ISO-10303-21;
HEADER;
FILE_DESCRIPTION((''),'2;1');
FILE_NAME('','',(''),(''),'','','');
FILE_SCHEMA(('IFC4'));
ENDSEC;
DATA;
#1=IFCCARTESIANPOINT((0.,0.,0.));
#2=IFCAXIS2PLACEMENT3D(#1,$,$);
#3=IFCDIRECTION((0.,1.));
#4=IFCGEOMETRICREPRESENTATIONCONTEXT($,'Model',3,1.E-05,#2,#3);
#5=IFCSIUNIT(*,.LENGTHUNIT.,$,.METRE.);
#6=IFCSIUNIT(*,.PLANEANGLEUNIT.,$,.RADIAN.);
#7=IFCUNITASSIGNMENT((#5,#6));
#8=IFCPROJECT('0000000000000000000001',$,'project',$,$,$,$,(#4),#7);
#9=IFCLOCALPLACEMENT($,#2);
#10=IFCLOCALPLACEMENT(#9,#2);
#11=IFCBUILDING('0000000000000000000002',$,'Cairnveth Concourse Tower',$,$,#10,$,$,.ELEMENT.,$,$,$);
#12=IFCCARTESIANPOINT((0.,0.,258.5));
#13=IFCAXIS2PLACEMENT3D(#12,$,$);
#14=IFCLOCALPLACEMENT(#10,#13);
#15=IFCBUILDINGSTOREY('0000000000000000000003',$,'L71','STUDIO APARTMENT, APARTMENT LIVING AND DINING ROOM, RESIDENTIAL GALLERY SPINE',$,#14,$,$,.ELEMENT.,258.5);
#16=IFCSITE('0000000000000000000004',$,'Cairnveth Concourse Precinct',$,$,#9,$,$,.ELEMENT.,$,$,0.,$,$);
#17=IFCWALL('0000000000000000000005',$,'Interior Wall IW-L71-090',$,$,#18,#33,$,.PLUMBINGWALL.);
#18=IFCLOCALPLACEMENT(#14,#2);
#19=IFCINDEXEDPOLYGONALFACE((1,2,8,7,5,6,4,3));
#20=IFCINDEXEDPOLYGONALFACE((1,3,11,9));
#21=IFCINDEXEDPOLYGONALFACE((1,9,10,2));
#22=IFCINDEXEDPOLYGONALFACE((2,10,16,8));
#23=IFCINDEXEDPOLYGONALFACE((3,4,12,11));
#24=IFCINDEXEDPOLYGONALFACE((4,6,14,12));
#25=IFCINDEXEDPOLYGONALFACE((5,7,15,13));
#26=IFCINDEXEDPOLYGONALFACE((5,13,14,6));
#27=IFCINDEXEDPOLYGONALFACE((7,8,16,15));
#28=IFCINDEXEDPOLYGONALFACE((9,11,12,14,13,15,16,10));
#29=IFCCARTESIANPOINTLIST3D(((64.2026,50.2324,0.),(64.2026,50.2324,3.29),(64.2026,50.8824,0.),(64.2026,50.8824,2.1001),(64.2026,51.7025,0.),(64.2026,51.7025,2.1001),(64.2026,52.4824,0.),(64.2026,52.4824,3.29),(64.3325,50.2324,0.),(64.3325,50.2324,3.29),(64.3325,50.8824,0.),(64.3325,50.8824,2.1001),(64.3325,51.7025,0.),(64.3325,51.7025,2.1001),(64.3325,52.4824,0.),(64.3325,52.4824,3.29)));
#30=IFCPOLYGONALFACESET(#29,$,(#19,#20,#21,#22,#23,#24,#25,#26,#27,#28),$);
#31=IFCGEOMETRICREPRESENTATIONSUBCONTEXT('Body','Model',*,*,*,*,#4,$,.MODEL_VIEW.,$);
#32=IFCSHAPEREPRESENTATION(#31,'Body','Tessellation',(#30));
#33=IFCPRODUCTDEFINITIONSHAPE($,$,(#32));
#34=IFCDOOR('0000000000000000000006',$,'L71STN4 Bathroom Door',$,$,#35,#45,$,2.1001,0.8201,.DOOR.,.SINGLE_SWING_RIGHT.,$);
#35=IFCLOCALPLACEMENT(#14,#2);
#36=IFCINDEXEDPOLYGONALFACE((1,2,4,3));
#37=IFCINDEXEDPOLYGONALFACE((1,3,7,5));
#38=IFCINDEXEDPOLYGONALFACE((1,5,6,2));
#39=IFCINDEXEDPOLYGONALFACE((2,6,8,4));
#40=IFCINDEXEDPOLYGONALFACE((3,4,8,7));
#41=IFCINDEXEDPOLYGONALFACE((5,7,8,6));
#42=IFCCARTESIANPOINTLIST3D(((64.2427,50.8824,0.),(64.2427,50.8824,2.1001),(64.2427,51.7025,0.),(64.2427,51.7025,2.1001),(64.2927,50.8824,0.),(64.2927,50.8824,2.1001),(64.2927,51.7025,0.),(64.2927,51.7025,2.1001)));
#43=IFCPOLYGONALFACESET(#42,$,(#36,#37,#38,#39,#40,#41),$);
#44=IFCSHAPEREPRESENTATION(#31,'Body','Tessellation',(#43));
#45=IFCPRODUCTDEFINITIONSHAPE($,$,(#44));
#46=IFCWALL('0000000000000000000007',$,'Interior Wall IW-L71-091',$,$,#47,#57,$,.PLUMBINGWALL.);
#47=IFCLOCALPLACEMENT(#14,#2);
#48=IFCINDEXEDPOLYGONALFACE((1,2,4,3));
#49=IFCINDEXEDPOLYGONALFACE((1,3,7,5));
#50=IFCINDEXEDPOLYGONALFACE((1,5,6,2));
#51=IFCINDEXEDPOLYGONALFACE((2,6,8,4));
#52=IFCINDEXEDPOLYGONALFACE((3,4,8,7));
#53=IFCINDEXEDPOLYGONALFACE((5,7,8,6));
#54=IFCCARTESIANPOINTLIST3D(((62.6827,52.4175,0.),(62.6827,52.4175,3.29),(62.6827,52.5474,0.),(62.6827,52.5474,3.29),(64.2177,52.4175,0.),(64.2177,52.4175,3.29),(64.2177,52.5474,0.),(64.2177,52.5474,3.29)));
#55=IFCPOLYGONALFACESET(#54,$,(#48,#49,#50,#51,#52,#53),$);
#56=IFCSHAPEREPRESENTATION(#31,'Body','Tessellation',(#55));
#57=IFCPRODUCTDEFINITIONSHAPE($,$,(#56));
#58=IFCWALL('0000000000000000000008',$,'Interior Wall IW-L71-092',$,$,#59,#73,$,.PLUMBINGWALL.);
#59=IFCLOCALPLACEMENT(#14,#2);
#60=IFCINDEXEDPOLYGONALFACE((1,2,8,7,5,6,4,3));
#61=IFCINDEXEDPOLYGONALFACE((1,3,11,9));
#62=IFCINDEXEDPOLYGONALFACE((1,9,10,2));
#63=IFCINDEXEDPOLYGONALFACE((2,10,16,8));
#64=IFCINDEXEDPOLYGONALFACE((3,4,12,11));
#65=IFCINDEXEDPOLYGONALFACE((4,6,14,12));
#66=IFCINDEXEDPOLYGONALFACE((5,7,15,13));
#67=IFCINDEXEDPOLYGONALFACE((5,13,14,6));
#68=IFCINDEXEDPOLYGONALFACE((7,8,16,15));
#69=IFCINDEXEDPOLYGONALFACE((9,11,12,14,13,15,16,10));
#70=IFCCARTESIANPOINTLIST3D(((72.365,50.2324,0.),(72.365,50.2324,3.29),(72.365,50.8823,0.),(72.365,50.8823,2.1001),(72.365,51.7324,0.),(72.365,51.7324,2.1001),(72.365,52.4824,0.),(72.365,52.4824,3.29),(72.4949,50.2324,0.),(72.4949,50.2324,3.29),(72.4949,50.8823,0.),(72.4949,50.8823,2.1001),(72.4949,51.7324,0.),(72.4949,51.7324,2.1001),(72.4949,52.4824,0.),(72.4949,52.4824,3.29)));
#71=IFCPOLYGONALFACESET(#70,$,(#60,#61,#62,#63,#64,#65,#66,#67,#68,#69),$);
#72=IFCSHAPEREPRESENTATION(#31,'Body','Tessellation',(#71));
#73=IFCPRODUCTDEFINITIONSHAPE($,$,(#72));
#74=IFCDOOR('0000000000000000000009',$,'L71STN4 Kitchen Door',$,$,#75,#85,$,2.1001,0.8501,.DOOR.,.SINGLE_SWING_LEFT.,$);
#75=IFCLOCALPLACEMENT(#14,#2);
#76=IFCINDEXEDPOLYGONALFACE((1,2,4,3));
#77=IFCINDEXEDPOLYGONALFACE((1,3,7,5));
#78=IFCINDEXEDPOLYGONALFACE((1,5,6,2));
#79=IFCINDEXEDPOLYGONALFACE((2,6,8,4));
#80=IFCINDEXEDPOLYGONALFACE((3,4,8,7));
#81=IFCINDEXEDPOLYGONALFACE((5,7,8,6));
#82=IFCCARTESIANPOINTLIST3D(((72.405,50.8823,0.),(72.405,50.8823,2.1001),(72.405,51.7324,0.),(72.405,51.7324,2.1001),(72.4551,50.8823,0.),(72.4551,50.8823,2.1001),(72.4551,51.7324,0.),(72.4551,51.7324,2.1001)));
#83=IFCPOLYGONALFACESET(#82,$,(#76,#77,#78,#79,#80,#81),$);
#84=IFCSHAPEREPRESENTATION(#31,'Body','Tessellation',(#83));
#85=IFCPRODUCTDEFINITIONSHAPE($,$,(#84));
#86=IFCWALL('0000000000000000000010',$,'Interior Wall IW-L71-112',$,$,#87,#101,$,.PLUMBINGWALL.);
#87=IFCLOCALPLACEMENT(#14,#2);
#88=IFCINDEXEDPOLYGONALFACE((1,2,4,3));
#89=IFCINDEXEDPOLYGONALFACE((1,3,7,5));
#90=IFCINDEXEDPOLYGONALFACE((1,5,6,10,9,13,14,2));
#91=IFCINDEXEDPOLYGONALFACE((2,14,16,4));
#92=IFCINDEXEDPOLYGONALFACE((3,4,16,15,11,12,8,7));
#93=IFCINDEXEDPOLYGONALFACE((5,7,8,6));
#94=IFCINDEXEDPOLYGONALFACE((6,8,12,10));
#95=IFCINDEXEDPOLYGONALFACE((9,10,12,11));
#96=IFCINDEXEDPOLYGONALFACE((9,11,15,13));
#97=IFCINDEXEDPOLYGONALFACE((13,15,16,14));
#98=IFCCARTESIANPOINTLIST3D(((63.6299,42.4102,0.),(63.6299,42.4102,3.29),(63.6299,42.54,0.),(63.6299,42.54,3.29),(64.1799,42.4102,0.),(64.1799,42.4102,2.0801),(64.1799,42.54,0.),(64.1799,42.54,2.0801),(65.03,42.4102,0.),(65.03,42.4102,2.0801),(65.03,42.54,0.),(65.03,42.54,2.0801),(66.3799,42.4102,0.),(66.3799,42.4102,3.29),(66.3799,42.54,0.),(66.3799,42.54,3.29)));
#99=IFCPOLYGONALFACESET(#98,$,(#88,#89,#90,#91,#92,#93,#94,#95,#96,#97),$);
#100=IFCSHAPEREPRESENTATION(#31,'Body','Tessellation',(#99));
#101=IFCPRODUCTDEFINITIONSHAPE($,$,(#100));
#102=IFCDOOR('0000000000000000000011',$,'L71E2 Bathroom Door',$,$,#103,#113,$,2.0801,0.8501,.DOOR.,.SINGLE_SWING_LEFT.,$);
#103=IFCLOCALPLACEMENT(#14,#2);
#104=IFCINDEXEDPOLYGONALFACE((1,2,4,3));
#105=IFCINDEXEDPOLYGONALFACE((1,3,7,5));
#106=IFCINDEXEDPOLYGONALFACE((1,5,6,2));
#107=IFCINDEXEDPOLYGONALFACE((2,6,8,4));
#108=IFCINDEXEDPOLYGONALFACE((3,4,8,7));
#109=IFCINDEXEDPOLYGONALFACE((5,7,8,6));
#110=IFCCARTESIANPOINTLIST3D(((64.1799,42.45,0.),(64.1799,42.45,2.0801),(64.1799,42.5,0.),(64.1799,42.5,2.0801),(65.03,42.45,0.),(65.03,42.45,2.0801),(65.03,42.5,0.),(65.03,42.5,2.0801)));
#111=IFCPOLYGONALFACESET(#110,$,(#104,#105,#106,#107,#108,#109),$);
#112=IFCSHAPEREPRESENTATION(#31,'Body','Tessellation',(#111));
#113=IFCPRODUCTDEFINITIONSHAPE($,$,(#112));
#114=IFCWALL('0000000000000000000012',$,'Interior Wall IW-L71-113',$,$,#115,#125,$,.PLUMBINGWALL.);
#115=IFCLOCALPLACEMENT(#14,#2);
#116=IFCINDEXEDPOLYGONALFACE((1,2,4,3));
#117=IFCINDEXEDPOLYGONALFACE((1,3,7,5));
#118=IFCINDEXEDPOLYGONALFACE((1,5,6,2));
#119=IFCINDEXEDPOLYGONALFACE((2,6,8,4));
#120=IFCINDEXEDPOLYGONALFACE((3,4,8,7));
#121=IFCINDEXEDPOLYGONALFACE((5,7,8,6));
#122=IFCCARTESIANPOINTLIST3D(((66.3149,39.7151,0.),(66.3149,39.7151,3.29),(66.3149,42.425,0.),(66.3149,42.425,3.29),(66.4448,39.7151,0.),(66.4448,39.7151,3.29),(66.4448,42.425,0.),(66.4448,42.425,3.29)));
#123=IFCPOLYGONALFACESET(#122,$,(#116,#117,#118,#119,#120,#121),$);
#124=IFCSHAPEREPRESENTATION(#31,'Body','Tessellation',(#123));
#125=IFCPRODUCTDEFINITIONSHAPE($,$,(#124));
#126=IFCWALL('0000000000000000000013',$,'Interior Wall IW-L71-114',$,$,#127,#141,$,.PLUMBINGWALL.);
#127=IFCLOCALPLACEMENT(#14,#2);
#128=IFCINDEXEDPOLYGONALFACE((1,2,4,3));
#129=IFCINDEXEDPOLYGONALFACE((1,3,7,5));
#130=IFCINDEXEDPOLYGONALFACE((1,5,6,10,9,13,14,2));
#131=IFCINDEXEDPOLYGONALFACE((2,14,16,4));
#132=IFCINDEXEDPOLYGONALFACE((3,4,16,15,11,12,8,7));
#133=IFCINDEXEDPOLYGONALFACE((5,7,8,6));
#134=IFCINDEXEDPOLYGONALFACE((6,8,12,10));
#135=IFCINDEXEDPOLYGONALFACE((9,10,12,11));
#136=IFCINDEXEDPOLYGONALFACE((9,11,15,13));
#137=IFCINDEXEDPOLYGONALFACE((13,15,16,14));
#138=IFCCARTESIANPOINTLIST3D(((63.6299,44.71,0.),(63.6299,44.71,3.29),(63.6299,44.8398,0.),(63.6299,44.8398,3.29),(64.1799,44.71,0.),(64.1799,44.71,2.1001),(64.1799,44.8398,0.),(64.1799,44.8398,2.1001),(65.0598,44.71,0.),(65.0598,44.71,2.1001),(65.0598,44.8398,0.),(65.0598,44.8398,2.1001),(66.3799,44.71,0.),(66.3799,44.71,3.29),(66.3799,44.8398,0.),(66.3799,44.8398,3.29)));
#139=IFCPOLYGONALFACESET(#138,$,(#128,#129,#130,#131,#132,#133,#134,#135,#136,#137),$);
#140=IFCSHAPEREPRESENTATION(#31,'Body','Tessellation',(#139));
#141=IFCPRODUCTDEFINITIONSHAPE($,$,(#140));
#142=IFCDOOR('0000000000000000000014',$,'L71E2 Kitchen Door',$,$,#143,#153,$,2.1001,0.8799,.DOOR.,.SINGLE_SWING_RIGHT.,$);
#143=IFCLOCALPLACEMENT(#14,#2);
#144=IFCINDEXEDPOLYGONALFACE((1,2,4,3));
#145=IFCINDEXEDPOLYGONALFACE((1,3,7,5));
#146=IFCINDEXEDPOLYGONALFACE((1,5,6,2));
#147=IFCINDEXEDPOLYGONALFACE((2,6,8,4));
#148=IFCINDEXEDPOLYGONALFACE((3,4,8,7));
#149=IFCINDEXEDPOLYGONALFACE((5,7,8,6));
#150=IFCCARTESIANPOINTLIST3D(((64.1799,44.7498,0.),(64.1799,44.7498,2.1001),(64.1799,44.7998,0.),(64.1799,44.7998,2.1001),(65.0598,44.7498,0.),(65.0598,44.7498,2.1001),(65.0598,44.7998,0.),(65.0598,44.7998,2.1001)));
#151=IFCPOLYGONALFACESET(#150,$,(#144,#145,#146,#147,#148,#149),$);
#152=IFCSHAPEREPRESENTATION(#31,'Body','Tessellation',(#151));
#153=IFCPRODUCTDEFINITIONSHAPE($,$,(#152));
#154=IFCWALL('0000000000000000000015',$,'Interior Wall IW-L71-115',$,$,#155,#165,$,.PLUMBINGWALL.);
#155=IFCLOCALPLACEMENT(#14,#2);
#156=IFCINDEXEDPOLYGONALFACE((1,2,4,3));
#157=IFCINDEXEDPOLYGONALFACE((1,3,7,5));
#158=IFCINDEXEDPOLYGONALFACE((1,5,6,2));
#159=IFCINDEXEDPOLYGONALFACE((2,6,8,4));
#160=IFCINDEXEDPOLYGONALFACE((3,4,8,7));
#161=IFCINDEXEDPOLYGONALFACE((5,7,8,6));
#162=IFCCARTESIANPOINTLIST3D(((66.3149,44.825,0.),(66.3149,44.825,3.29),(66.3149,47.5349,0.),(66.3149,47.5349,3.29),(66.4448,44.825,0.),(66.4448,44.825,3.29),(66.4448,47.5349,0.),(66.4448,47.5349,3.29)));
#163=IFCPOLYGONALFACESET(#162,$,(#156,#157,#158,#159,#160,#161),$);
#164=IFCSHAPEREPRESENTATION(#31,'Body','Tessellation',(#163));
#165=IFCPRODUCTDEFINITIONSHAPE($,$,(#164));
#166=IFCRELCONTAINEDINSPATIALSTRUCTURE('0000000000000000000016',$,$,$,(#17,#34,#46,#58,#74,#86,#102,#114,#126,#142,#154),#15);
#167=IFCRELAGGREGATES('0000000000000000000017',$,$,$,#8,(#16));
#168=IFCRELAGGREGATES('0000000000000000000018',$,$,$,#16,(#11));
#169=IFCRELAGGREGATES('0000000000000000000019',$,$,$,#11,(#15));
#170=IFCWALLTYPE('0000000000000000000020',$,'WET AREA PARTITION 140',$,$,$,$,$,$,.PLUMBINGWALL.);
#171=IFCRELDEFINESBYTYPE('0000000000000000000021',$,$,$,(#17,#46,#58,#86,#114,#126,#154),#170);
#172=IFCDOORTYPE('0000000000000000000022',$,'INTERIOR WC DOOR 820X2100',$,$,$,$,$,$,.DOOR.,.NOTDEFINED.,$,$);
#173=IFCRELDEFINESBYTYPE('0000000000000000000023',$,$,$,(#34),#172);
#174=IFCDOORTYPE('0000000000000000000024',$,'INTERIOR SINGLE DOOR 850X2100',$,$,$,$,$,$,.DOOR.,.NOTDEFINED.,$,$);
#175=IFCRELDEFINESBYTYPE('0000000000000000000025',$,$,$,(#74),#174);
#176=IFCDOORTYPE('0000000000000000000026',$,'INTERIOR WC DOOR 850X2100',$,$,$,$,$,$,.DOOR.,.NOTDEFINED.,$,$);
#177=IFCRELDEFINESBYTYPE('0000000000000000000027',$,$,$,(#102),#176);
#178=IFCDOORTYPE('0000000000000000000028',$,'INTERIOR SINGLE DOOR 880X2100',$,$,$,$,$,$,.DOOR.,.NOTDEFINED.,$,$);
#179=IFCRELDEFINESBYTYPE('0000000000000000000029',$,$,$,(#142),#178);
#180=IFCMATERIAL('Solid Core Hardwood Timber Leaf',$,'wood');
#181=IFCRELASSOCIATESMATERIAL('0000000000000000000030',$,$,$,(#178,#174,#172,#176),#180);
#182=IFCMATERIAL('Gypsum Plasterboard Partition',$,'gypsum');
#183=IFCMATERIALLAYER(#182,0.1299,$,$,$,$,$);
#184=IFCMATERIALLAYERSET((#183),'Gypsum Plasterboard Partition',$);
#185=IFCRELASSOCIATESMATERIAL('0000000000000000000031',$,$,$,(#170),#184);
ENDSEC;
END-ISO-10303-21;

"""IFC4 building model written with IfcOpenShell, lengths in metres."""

from ifc_helpers import new_model, si_unit, direction, frame, frame_2d, origin, place, context, subcontext, project, spatial, rectangle, extrude, material, layer, layer_set, type_object, element, fill, save


model = new_model("IFC4")

# Units and contexts
model_context = context("Model", 3, precision=1e-05, world=origin(), true_north=direction((0.0, 1.0)))
body_context = subcontext(model_context, "Body", "Model", "MODEL_VIEW")
ifc_project = project(units=[si_unit("LENGTHUNIT", "METRE"), si_unit("PLANEANGLEUNIT", "RADIAN")], contexts=[model_context])

# Site, building, storey
site_placement = place(None, origin())
site = spatial("IfcSite", under=ifc_project, at=site_placement, Name="Cairnveth Concourse Precinct", CompositionType="ELEMENT", RefElevation=0.0)
building_placement = place(site_placement, origin())
building = spatial("IfcBuilding", under=site, at=building_placement, Name="Cairnveth Concourse Tower", CompositionType="ELEMENT")
storey_placement = place(building_placement, frame((0.0, 0.0, 258.5)))
storey = spatial("IfcBuildingStorey", under=building, at=storey_placement, Name="L71", Description="STUDIO APARTMENT, APARTMENT LIVING AND DINING ROOM, RESIDENTIAL GALLERY SPINE", CompositionType="ELEMENT", Elevation=258.5)

# Shared definitions
ifc_material_1 = material(Name="Gypsum Plasterboard Partition", Category="gypsum")

# Shared definitions
ifc_material_2 = material(Name="Solid Core Hardwood Timber Leaf", Category="wood")
door_type_1 = type_object("IfcDoorType", Name="INTERIOR SINGLE DOOR 880X2100", OperationType="NOTDEFINED", PredefinedType="DOOR", material=ifc_material_2)
ifc_layer_1 = layer(ifc_material_1, 0.1299)
ifc_layer_set_1 = layer_set([ifc_layer_1], Name="Gypsum Plasterboard Partition")
wall_type_1 = type_object("IfcWallType", Name="WET AREA PARTITION 140", PredefinedType="PLUMBINGWALL", material=ifc_layer_set_1)
door_type_2 = type_object("IfcDoorType", Name="INTERIOR SINGLE DOOR 850X2100", OperationType="NOTDEFINED", PredefinedType="DOOR", material=ifc_material_2)

# Wall, opening, door
wall_1_placement = place(storey_placement, frame((64.2676, 50.2324, 0.0), z_axis=(0.0, 0.0, 1.0), x_axis=(0.0, 1.0, 0.0)))
wall_1 = element("IfcWall", 1, at=wall_1_placement, inside=storey, type_object=wall_type_1, Name="Interior Wall IW-L71-090", PredefinedType="PLUMBINGWALL", context=body_context, shape_type="SweptSolid", body=[
    extrude(rectangle(XDim=2.25, YDim=0.1299, at=frame_2d((1.125, 0.0))), origin(), (0.0, 0.0, 1.0), 3.29),
])
opening_1_placement = place(wall_1_placement, frame((0.6499, 0.0, 0.0)))
opening_1 = element("IfcOpeningElement", 2, at=opening_1_placement, cuts=wall_1, PredefinedType="OPENING", context=body_context, shape_type="SweptSolid", body=[
    extrude(rectangle(XDim=0.8201, YDim=2.1001, at=frame_2d((0.4102, 1.05))), frame((0.0, 0.075, 0.0), z_axis=(0.0, -1.0, 0.0), x_axis=(1.0, 0.0, 0.0)), (0.0, 0.0, 1.0), 0.1499),
])
door_type_3 = type_object("IfcDoorType", Name="INTERIOR WC DOOR 820X2100", OperationType="NOTDEFINED", PredefinedType="DOOR", material=ifc_material_2)
door_1_placement = place(opening_1_placement, origin())
door_1 = element("IfcDoor", 3, at=door_1_placement, inside=storey, type_object=door_type_3, Name="L71STN4 Bathroom Door", OperationType="SINGLE_SWING_RIGHT", OverallHeight=2.1001, OverallWidth=0.8201, PredefinedType="DOOR", context=body_context, shape_type="SweptSolid", body=[
    extrude(rectangle(XDim=0.8201, YDim=2.1001, at=frame_2d((0.4102, 1.05))), frame((0.0, 0.0249, 0.0), z_axis=(0.0, -1.0, 0.0), x_axis=(1.0, 0.0, 0.0)), (0.0, 0.0, 1.0), 0.05),
])
fill(opening_1, door_1)

# Wall
wall_2_placement = place(storey_placement, frame((62.6826, 52.4824, 0.0), z_axis=(0.0, 0.0, 1.0), x_axis=(1.0, 0.0, 0.0)))
element("IfcWall", 4, at=wall_2_placement, inside=storey, type_object=wall_type_1, Name="Interior Wall IW-L71-091", PredefinedType="PLUMBINGWALL", context=body_context, shape_type="SweptSolid", body=[
    extrude(rectangle(XDim=1.5349, YDim=0.1299, at=frame_2d((0.7676, 0.0))), origin(), (0.0, 0.0, 1.0), 3.29),
])

# Walls, openings, doors
wall_3_placement = place(storey_placement, frame((72.4299, 50.2324, 0.0), z_axis=(0.0, 0.0, 1.0), x_axis=(0.0, 1.0, 0.0)))
wall_3 = element("IfcWall", 5, at=wall_3_placement, inside=storey, type_object=wall_type_1, Name="Interior Wall IW-L71-092", PredefinedType="PLUMBINGWALL", context=body_context, shape_type="SweptSolid", body=[
    extrude(rectangle(XDim=2.25, YDim=0.1299, at=frame_2d((1.125, 0.0))), origin(), (0.0, 0.0, 1.0), 3.29),
])
opening_2_placement = place(wall_3_placement, frame((0.6499, 0.0, 0.0)))
opening_2 = element("IfcOpeningElement", 6, at=opening_2_placement, cuts=wall_3, PredefinedType="OPENING", context=body_context, shape_type="SweptSolid", body=[
    extrude(rectangle(XDim=0.8501, YDim=2.1001, at=frame_2d((0.425, 1.05))), frame((0.0, 0.075, 0.0), z_axis=(0.0, -1.0, 0.0), x_axis=(1.0, 0.0, 0.0)), (0.0, 0.0, 1.0), 0.1499),
])
door_2_placement = place(opening_2_placement, origin())
door_2 = element("IfcDoor", 7, at=door_2_placement, inside=storey, type_object=door_type_2, Name="L71STN4 Kitchen Door", OperationType="SINGLE_SWING_LEFT", OverallHeight=2.1001, OverallWidth=0.8501, PredefinedType="DOOR", context=body_context, shape_type="SweptSolid", body=[
    extrude(rectangle(XDim=0.8501, YDim=2.1001, at=frame_2d((0.425, 1.05))), frame((0.0, 0.0249, 0.0), z_axis=(0.0, -1.0, 0.0), x_axis=(1.0, 0.0, 0.0)), (0.0, 0.0, 1.0), 0.05),
])
fill(opening_2, door_2)
wall_4_placement = place(storey_placement, frame((63.6299, 42.4751, 0.0), z_axis=(0.0, 0.0, 1.0), x_axis=(1.0, 0.0, 0.0)))
wall_4 = element("IfcWall", 8, at=wall_4_placement, inside=storey, type_object=wall_type_1, Name="Interior Wall IW-L71-112", PredefinedType="PLUMBINGWALL", context=body_context, shape_type="SweptSolid", body=[
    extrude(rectangle(XDim=2.75, YDim=0.1299, at=frame_2d((1.375, 0.0))), origin(), (0.0, 0.0, 1.0), 3.29),
])
opening_3_placement = place(wall_4_placement, frame((0.55, 0.0, 0.0)))
opening_3 = element("IfcOpeningElement", 9, at=opening_3_placement, cuts=wall_4, PredefinedType="OPENING", context=body_context, shape_type="SweptSolid", body=[
    extrude(rectangle(XDim=0.8501, YDim=2.0801, at=frame_2d((0.425, 1.04))), frame((0.0, 0.075, 0.0), z_axis=(0.0, -1.0, 0.0), x_axis=(1.0, 0.0, 0.0)), (0.0, 0.0, 1.0), 0.1499),
])
door_type_4 = type_object("IfcDoorType", Name="INTERIOR WC DOOR 850X2100", OperationType="NOTDEFINED", PredefinedType="DOOR", material=ifc_material_2)
door_3_placement = place(opening_3_placement, origin())
door_3 = element("IfcDoor", 10, at=door_3_placement, inside=storey, type_object=door_type_4, Name="L71E2 Bathroom Door", OperationType="SINGLE_SWING_LEFT", OverallHeight=2.0801, OverallWidth=0.8501, PredefinedType="DOOR", context=body_context, shape_type="SweptSolid", body=[
    extrude(rectangle(XDim=0.8501, YDim=2.0801, at=frame_2d((0.425, 1.04))), frame((0.0, 0.0249, 0.0), z_axis=(0.0, -1.0, 0.0), x_axis=(1.0, 0.0, 0.0)), (0.0, 0.0, 1.0), 0.05),
])
fill(opening_3, door_3)

# Wall
wall_5_placement = place(storey_placement, frame((66.3799, 39.7151, 0.0), z_axis=(0.0, 0.0, 1.0), x_axis=(0.0, 1.0, 0.0)))
element("IfcWall", 11, at=wall_5_placement, inside=storey, type_object=wall_type_1, Name="Interior Wall IW-L71-113", PredefinedType="PLUMBINGWALL", context=body_context, shape_type="SweptSolid", body=[
    extrude(rectangle(XDim=2.71, YDim=0.1299, at=frame_2d((1.355, 0.0))), origin(), (0.0, 0.0, 1.0), 3.29),
])

# Wall, opening, door
wall_6_placement = place(storey_placement, frame((63.6299, 44.7749, 0.0), z_axis=(0.0, 0.0, 1.0), x_axis=(1.0, 0.0, 0.0)))
wall_6 = element("IfcWall", 12, at=wall_6_placement, inside=storey, type_object=wall_type_1, Name="Interior Wall IW-L71-114", PredefinedType="PLUMBINGWALL", context=body_context, shape_type="SweptSolid", body=[
    extrude(rectangle(XDim=2.75, YDim=0.1299, at=frame_2d((1.375, 0.0))), origin(), (0.0, 0.0, 1.0), 3.29),
])
opening_4_placement = place(wall_6_placement, frame((0.55, 0.0, 0.0)))
opening_4 = element("IfcOpeningElement", 13, at=opening_4_placement, cuts=wall_6, PredefinedType="OPENING", context=body_context, shape_type="SweptSolid", body=[
    extrude(rectangle(XDim=0.8799, YDim=2.1001, at=frame_2d((0.4399, 1.05))), frame((0.0, 0.075, 0.0), z_axis=(0.0, -1.0, 0.0), x_axis=(1.0, 0.0, 0.0)), (0.0, 0.0, 1.0), 0.1499),
])
door_4_placement = place(opening_4_placement, origin())
door_4 = element("IfcDoor", 14, at=door_4_placement, inside=storey, type_object=door_type_1, Name="L71E2 Kitchen Door", OperationType="SINGLE_SWING_RIGHT", OverallHeight=2.1001, OverallWidth=0.8799, PredefinedType="DOOR", context=body_context, shape_type="SweptSolid", body=[
    extrude(rectangle(XDim=0.8799, YDim=2.1001, at=frame_2d((0.4399, 1.05))), frame((0.0, 0.0249, 0.0), z_axis=(0.0, -1.0, 0.0), x_axis=(1.0, 0.0, 0.0)), (0.0, 0.0, 1.0), 0.05),
])
fill(opening_4, door_4)

# Wall
wall_7_placement = place(storey_placement, frame((66.3799, 44.825, 0.0), z_axis=(0.0, 0.0, 1.0), x_axis=(0.0, 1.0, 0.0)))
element("IfcWall", 15, at=wall_7_placement, inside=storey, type_object=wall_type_1, Name="Interior Wall IW-L71-115", PredefinedType="PLUMBINGWALL", context=body_context, shape_type="SweptSolid", body=[
    extrude(rectangle(XDim=2.71, YDim=0.1299, at=frame_2d((1.355, 0.0))), origin(), (0.0, 0.0, 1.0), 3.29),
])

save(model, "model.ifc")
